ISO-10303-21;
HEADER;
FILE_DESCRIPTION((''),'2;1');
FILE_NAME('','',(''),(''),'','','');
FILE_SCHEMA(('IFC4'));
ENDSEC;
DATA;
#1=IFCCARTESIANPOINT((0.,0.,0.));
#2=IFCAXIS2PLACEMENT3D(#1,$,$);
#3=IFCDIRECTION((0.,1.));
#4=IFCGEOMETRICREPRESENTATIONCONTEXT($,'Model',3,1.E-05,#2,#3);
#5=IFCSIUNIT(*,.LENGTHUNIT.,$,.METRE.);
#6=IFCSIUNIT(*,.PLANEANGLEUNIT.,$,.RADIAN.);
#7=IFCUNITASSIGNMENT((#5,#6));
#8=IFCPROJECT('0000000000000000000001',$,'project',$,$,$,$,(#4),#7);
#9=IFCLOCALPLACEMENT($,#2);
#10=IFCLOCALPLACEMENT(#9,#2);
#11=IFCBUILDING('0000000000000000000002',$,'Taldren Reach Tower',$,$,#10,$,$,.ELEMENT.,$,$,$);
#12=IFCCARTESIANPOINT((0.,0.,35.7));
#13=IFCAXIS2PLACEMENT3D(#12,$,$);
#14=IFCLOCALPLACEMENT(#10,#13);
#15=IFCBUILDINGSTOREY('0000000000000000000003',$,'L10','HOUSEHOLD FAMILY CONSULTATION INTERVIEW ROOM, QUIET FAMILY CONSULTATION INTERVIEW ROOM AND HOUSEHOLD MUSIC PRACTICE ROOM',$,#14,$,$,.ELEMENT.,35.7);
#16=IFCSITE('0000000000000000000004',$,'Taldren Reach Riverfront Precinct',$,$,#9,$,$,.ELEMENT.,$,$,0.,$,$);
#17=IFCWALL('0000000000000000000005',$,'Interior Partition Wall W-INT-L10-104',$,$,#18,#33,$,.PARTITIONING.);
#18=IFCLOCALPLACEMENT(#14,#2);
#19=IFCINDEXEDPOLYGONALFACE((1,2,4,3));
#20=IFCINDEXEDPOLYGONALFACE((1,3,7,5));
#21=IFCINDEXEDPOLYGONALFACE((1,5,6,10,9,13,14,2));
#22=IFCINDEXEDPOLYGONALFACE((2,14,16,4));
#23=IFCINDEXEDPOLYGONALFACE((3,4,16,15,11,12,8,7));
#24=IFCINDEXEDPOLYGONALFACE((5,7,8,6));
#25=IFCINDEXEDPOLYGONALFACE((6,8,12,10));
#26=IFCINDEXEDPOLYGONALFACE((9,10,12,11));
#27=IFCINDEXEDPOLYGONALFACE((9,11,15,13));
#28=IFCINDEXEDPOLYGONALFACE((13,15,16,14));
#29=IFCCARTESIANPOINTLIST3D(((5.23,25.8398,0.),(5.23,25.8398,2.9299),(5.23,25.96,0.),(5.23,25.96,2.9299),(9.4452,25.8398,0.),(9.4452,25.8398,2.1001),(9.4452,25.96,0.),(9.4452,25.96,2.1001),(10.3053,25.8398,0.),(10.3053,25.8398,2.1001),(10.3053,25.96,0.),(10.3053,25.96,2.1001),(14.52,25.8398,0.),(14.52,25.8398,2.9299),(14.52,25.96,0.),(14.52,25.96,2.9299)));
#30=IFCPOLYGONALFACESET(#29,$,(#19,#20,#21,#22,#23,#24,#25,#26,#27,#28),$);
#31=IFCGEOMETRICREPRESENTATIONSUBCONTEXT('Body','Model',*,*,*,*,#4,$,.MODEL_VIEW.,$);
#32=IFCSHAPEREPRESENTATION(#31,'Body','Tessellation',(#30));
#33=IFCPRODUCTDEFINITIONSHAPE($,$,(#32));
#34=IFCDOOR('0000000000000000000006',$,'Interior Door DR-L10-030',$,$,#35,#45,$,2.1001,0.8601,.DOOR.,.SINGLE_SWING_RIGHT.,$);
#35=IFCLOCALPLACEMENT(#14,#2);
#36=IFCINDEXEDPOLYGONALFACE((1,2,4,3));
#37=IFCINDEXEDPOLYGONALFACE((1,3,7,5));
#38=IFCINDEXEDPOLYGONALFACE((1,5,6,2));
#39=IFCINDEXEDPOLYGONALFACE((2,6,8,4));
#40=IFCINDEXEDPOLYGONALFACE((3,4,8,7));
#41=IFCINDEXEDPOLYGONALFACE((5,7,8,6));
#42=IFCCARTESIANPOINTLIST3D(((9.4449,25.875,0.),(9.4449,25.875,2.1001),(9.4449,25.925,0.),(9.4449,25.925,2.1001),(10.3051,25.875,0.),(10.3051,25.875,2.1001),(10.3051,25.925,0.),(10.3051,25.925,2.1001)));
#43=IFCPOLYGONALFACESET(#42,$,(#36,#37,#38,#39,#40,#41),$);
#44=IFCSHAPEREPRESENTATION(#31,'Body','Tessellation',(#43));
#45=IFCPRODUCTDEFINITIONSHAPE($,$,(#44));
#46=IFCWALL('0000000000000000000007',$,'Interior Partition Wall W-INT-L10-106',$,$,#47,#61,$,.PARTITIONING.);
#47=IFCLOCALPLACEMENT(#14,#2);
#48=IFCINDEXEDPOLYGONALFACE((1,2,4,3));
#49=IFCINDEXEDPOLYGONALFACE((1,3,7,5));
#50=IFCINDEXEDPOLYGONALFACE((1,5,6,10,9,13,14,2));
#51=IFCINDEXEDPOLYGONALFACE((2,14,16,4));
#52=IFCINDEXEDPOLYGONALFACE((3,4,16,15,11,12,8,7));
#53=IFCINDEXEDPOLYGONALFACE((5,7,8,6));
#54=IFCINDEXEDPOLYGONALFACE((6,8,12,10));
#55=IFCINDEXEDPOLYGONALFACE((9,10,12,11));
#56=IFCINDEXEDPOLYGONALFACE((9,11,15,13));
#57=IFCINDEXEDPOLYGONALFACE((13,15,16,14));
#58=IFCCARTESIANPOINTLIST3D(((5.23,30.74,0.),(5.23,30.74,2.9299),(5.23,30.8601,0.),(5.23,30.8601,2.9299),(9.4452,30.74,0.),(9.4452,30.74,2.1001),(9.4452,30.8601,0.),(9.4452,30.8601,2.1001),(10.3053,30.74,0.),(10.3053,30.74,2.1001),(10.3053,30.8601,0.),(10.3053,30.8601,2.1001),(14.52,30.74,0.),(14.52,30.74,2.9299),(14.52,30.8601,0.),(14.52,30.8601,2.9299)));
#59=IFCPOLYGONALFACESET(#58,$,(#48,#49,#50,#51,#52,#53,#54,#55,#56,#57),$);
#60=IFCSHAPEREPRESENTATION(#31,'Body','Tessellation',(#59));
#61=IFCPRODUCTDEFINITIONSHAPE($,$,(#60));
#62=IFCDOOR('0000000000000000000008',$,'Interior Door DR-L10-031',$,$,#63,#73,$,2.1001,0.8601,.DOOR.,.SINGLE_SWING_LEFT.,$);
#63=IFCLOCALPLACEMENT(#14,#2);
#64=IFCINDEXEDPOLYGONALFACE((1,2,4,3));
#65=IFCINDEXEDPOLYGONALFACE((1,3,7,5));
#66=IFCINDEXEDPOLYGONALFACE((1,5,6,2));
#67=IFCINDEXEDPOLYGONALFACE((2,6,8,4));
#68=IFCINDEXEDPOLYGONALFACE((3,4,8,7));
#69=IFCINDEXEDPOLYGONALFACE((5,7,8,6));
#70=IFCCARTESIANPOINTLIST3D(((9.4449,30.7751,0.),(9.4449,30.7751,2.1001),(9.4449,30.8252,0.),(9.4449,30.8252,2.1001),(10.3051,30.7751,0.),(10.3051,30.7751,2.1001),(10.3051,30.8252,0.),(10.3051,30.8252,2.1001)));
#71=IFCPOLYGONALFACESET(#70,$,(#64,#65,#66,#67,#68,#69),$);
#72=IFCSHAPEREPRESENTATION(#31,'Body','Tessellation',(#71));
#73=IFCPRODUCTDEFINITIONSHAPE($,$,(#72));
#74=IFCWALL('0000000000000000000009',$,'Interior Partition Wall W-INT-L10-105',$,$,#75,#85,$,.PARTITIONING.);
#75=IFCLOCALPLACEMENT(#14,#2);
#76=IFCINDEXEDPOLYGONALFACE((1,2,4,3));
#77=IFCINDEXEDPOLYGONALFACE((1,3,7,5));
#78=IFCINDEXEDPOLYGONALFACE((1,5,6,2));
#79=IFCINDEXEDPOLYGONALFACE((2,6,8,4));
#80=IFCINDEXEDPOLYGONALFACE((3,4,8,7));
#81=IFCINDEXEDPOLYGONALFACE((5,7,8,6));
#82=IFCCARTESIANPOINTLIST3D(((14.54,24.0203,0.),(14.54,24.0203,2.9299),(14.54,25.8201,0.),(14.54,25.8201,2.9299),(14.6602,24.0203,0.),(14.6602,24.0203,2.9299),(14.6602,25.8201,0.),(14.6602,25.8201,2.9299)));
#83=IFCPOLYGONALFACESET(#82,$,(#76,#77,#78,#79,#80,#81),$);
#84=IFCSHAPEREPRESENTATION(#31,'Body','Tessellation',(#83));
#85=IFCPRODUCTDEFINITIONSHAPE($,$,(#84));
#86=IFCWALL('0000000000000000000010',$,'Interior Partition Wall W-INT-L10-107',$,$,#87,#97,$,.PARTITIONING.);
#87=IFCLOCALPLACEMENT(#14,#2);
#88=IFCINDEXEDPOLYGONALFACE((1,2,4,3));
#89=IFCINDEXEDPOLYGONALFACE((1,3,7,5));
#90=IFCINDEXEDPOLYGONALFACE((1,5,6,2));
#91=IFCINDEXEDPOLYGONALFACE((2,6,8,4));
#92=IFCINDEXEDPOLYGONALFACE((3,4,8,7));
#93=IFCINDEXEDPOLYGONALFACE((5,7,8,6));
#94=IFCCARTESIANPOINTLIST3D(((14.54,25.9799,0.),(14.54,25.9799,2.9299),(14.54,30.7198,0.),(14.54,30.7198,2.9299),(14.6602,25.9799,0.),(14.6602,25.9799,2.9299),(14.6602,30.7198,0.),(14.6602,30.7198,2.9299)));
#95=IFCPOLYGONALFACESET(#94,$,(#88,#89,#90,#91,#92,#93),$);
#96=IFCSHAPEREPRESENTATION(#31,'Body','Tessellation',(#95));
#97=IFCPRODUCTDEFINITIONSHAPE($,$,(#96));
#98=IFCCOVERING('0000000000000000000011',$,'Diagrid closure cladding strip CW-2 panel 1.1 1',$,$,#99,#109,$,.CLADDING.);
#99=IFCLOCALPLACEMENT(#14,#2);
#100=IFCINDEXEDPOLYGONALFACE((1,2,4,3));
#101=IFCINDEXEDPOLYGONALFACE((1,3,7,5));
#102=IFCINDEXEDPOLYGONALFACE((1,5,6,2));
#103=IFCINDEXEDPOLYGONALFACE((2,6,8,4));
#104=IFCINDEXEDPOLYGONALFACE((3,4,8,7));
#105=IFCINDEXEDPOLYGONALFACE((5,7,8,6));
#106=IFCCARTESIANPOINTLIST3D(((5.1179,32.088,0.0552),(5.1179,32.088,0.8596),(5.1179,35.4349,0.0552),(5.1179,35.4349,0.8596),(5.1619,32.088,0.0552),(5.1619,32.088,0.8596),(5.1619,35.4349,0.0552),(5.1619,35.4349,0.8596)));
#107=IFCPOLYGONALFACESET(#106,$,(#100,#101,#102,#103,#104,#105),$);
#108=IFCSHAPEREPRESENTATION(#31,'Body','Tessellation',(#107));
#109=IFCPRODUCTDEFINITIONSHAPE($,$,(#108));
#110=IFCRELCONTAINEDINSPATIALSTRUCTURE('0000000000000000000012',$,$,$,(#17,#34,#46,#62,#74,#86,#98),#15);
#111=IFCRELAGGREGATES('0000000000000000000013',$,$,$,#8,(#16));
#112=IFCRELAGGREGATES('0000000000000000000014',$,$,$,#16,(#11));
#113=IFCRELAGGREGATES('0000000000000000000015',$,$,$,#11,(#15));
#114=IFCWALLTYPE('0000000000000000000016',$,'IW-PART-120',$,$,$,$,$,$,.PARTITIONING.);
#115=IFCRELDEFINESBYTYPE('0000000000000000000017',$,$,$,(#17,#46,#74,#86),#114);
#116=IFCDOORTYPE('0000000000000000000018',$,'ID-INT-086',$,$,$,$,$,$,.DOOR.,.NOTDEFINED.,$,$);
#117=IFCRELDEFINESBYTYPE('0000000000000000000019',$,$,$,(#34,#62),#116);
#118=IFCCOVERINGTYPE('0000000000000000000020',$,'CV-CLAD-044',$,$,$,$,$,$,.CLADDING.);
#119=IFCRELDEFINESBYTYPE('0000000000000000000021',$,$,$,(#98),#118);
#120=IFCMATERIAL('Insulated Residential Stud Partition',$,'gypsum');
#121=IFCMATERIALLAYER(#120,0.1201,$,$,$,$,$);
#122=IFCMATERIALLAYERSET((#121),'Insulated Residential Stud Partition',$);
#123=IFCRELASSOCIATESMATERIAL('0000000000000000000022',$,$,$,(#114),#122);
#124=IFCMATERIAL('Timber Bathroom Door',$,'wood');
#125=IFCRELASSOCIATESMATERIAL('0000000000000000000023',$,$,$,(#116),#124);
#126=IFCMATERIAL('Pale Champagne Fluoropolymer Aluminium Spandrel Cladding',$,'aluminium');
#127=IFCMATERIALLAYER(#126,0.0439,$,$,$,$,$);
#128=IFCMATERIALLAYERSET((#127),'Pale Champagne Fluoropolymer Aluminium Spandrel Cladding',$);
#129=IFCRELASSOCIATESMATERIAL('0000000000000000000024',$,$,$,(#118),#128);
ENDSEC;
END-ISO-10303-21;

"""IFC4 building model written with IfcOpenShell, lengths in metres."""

from ifc_helpers import new_model, si_unit, direction, frame, frame_2d, origin, origin_2d, place, context, subcontext, project, spatial, rectangle, extrude, source, transform, mapped, material, layer, layer_set, type_object, element, fill, save


model = new_model("IFC4")

# Units and contexts
model_context = context("Model", 3, precision=1e-05, world=origin(), true_north=direction((0.0, 1.0)))
body_context = subcontext(model_context, "Body", "Model", "MODEL_VIEW")
ifc_project = project(units=[si_unit("LENGTHUNIT", "METRE"), si_unit("PLANEANGLEUNIT", "RADIAN")], contexts=[model_context])

# Site, building, storey
site_placement = place(None, origin())
site = spatial("IfcSite", under=ifc_project, at=site_placement, Name="Taldren Reach Riverfront Precinct", CompositionType="ELEMENT", RefElevation=0.0)
building_placement = place(site_placement, origin())
building = spatial("IfcBuilding", under=site, at=building_placement, Name="Taldren Reach Tower", CompositionType="ELEMENT")
storey_placement = place(building_placement, frame((0.0, 0.0, 35.7)))
storey = spatial("IfcBuildingStorey", under=building, at=storey_placement, Name="L10", Description="HOUSEHOLD FAMILY CONSULTATION INTERVIEW ROOM, QUIET FAMILY CONSULTATION INTERVIEW ROOM AND HOUSEHOLD MUSIC PRACTICE ROOM", CompositionType="ELEMENT", Elevation=35.7)

# Walls, openings, doors
ifc_material_1 = material(Name="Insulated Residential Stud Partition", Category="gypsum")
ifc_layer_1 = layer(ifc_material_1, 0.1201)
ifc_layer_set_1 = layer_set([ifc_layer_1], Name="Insulated Residential Stud Partition")
wall_type_1 = type_object("IfcWallType", Name="IW-PART-120", PredefinedType="PARTITIONING", material=ifc_layer_set_1)
shared_shape_1 = source(origin(), body_context, "Body", "SweptSolid", [
    extrude(rectangle(XDim=9.29, YDim=0.1201, at=frame_2d((4.645, 0.0))), origin(), (0.0, 0.0, 1.0), 2.9299),
])
wall_1_placement = place(storey_placement, frame((5.23, 25.8999, 0.0), z_axis=(0.0, 0.0, 1.0), x_axis=(1.0, 0.0, 0.0)))
wall_1 = element("IfcWall", 1, at=wall_1_placement, inside=storey, type_object=wall_type_1, Name="Interior Partition Wall W-INT-L10-104", PredefinedType="PARTITIONING", context=body_context, shape_type="MappedRepresentation", body=[
    mapped(shared_shape_1, transform((0.0, 0.0, 0.0), scale=1.0)),
])
shared_shape_2 = source(origin(), body_context, "Body", "SweptSolid", [
    extrude(rectangle(XDim=0.8601, YDim=2.1001, at=frame_2d((0.4302, 1.05))), frame((0.0, 0.0701, 0.0), z_axis=(0.0, -1.0, 0.0), x_axis=(1.0, 0.0, 0.0)), (0.0, 0.0, 1.0), 0.1401),
])
opening_1_placement = place(wall_1_placement, frame((4.2151, 0.0, 0.0)))
opening_1 = element("IfcOpeningElement", 2, at=opening_1_placement, cuts=wall_1, PredefinedType="OPENING", context=body_context, shape_type="MappedRepresentation", body=[
    mapped(shared_shape_2, transform((0.0, 0.0, 0.0), scale=1.0)),
])
ifc_material_2 = material(Name="Timber Bathroom Door", Category="wood")
door_type_1 = type_object("IfcDoorType", Name="ID-INT-086", OperationType="NOTDEFINED", PredefinedType="DOOR", material=ifc_material_2)
shared_shape_3 = source(origin(), body_context, "Body", "SweptSolid", [
    extrude(rectangle(XDim=0.8601, YDim=2.1001, at=frame_2d((0.4302, 1.05))), frame((0.0, 0.0249, 0.0), z_axis=(0.0, -1.0, 0.0), x_axis=(1.0, 0.0, 0.0)), (0.0, 0.0, 1.0), 0.05),
])
door_1_placement = place(opening_1_placement, frame((0.8601, 0.0, 0.0), z_axis=(0.0, 0.0, 1.0), x_axis=(-1.0, 0.0, 0.0)))
door_1 = element("IfcDoor", 3, at=door_1_placement, inside=storey, type_object=door_type_1, Name="Interior Door DR-L10-030", OperationType="SINGLE_SWING_RIGHT", OverallHeight=2.1001, OverallWidth=0.8601, PredefinedType="DOOR", context=body_context, shape_type="MappedRepresentation", body=[
    mapped(shared_shape_3, transform((0.0, 0.0, 0.0), scale=1.0)),
])
fill(opening_1, door_1)
wall_2_placement = place(storey_placement, frame((5.23, 30.8, 0.0), z_axis=(0.0, 0.0, 1.0), x_axis=(1.0, 0.0, 0.0)))
wall_2 = element("IfcWall", 4, at=wall_2_placement, inside=storey, type_object=wall_type_1, Name="Interior Partition Wall W-INT-L10-106", PredefinedType="PARTITIONING", context=body_context, shape_type="MappedRepresentation", body=[
    mapped(shared_shape_1, transform((0.0, 0.0, 0.0), scale=1.0)),
])
opening_2_placement = place(wall_2_placement, frame((4.2151, 0.0, 0.0)))
opening_2 = element("IfcOpeningElement", 5, at=opening_2_placement, cuts=wall_2, PredefinedType="OPENING", context=body_context, shape_type="MappedRepresentation", body=[
    mapped(shared_shape_2, transform((0.0, 0.0, 0.0), scale=1.0)),
])
door_2_placement = place(opening_2_placement, frame((0.8601, 0.0, 0.0), z_axis=(0.0, 0.0, 1.0), x_axis=(-1.0, 0.0, 0.0)))
door_2 = element("IfcDoor", 6, at=door_2_placement, inside=storey, type_object=door_type_1, Name="Interior Door DR-L10-031", OperationType="SINGLE_SWING_LEFT", OverallHeight=2.1001, OverallWidth=0.8601, PredefinedType="DOOR", context=body_context, shape_type="MappedRepresentation", body=[
    mapped(shared_shape_3, transform((0.0, 0.0, 0.0), scale=1.0)),
])
fill(opening_2, door_2)

# Walls
shared_shape_4 = source(origin(), body_context, "Body", "SweptSolid", [
    extrude(rectangle(XDim=1.7998, YDim=0.1201, at=frame_2d((0.8999, 0.0))), origin(), (0.0, 0.0, 1.0), 2.9299),
])
wall_3_placement = place(storey_placement, frame((14.6001, 25.8201, 0.0), z_axis=(0.0, 0.0, 1.0), x_axis=(0.0, -1.0, 0.0)))
element("IfcWall", 7, at=wall_3_placement, inside=storey, type_object=wall_type_1, Name="Interior Partition Wall W-INT-L10-105", PredefinedType="PARTITIONING", context=body_context, shape_type="MappedRepresentation", body=[
    mapped(shared_shape_4, transform((0.0, 0.0, 0.0), scale=1.0)),
])
shared_shape_5 = source(origin(), body_context, "Body", "SweptSolid", [
    extrude(rectangle(XDim=4.74, YDim=0.1201, at=frame_2d((2.3701, 0.0))), origin(), (0.0, 0.0, 1.0), 2.9299),
])
wall_4_placement = place(storey_placement, frame((14.6001, 30.72, 0.0), z_axis=(0.0, 0.0, 1.0), x_axis=(0.0, -1.0, 0.0)))
element("IfcWall", 8, at=wall_4_placement, inside=storey, type_object=wall_type_1, Name="Interior Partition Wall W-INT-L10-107", PredefinedType="PARTITIONING", context=body_context, shape_type="MappedRepresentation", body=[
    mapped(shared_shape_5, transform((0.0, 0.0, 0.0), scale=1.0)),
])

# Covering
ifc_material_3 = material(Name="Pale Champagne Fluoropolymer Aluminium Spandrel Cladding", Category="aluminium")
ifc_layer_2 = layer(ifc_material_3, 0.0439)
ifc_layer_set_2 = layer_set([ifc_layer_2], Name="Pale Champagne Fluoropolymer Aluminium Spandrel Cladding")
covering_type = type_object("IfcCoveringType", Name="CV-CLAD-044", PredefinedType="CLADDING", material=ifc_layer_set_2)
shared_shape_6 = source(origin(), body_context, "Body", "SweptSolid", [
    extrude(rectangle(XDim=3.3469, YDim=0.0439, at=origin_2d()), origin(), (0.0, 0.0, 1.0), 0.8044),
])
covering_placement = place(storey_placement, frame((5.1399, 33.7615, 0.0552), z_axis=(0.0, 0.0, 1.0), x_axis=(0.0, -1.0, 0.0)))
element("IfcCovering", 9, at=covering_placement, inside=storey, type_object=covering_type, Name="Diagrid closure cladding strip CW-2 panel 1.1 1", PredefinedType="CLADDING", context=body_context, shape_type="MappedRepresentation", body=[
    mapped(shared_shape_6, transform((0.0, 0.0, 0.0), scale=1.0)),
])

save(model, "model.ifc")
